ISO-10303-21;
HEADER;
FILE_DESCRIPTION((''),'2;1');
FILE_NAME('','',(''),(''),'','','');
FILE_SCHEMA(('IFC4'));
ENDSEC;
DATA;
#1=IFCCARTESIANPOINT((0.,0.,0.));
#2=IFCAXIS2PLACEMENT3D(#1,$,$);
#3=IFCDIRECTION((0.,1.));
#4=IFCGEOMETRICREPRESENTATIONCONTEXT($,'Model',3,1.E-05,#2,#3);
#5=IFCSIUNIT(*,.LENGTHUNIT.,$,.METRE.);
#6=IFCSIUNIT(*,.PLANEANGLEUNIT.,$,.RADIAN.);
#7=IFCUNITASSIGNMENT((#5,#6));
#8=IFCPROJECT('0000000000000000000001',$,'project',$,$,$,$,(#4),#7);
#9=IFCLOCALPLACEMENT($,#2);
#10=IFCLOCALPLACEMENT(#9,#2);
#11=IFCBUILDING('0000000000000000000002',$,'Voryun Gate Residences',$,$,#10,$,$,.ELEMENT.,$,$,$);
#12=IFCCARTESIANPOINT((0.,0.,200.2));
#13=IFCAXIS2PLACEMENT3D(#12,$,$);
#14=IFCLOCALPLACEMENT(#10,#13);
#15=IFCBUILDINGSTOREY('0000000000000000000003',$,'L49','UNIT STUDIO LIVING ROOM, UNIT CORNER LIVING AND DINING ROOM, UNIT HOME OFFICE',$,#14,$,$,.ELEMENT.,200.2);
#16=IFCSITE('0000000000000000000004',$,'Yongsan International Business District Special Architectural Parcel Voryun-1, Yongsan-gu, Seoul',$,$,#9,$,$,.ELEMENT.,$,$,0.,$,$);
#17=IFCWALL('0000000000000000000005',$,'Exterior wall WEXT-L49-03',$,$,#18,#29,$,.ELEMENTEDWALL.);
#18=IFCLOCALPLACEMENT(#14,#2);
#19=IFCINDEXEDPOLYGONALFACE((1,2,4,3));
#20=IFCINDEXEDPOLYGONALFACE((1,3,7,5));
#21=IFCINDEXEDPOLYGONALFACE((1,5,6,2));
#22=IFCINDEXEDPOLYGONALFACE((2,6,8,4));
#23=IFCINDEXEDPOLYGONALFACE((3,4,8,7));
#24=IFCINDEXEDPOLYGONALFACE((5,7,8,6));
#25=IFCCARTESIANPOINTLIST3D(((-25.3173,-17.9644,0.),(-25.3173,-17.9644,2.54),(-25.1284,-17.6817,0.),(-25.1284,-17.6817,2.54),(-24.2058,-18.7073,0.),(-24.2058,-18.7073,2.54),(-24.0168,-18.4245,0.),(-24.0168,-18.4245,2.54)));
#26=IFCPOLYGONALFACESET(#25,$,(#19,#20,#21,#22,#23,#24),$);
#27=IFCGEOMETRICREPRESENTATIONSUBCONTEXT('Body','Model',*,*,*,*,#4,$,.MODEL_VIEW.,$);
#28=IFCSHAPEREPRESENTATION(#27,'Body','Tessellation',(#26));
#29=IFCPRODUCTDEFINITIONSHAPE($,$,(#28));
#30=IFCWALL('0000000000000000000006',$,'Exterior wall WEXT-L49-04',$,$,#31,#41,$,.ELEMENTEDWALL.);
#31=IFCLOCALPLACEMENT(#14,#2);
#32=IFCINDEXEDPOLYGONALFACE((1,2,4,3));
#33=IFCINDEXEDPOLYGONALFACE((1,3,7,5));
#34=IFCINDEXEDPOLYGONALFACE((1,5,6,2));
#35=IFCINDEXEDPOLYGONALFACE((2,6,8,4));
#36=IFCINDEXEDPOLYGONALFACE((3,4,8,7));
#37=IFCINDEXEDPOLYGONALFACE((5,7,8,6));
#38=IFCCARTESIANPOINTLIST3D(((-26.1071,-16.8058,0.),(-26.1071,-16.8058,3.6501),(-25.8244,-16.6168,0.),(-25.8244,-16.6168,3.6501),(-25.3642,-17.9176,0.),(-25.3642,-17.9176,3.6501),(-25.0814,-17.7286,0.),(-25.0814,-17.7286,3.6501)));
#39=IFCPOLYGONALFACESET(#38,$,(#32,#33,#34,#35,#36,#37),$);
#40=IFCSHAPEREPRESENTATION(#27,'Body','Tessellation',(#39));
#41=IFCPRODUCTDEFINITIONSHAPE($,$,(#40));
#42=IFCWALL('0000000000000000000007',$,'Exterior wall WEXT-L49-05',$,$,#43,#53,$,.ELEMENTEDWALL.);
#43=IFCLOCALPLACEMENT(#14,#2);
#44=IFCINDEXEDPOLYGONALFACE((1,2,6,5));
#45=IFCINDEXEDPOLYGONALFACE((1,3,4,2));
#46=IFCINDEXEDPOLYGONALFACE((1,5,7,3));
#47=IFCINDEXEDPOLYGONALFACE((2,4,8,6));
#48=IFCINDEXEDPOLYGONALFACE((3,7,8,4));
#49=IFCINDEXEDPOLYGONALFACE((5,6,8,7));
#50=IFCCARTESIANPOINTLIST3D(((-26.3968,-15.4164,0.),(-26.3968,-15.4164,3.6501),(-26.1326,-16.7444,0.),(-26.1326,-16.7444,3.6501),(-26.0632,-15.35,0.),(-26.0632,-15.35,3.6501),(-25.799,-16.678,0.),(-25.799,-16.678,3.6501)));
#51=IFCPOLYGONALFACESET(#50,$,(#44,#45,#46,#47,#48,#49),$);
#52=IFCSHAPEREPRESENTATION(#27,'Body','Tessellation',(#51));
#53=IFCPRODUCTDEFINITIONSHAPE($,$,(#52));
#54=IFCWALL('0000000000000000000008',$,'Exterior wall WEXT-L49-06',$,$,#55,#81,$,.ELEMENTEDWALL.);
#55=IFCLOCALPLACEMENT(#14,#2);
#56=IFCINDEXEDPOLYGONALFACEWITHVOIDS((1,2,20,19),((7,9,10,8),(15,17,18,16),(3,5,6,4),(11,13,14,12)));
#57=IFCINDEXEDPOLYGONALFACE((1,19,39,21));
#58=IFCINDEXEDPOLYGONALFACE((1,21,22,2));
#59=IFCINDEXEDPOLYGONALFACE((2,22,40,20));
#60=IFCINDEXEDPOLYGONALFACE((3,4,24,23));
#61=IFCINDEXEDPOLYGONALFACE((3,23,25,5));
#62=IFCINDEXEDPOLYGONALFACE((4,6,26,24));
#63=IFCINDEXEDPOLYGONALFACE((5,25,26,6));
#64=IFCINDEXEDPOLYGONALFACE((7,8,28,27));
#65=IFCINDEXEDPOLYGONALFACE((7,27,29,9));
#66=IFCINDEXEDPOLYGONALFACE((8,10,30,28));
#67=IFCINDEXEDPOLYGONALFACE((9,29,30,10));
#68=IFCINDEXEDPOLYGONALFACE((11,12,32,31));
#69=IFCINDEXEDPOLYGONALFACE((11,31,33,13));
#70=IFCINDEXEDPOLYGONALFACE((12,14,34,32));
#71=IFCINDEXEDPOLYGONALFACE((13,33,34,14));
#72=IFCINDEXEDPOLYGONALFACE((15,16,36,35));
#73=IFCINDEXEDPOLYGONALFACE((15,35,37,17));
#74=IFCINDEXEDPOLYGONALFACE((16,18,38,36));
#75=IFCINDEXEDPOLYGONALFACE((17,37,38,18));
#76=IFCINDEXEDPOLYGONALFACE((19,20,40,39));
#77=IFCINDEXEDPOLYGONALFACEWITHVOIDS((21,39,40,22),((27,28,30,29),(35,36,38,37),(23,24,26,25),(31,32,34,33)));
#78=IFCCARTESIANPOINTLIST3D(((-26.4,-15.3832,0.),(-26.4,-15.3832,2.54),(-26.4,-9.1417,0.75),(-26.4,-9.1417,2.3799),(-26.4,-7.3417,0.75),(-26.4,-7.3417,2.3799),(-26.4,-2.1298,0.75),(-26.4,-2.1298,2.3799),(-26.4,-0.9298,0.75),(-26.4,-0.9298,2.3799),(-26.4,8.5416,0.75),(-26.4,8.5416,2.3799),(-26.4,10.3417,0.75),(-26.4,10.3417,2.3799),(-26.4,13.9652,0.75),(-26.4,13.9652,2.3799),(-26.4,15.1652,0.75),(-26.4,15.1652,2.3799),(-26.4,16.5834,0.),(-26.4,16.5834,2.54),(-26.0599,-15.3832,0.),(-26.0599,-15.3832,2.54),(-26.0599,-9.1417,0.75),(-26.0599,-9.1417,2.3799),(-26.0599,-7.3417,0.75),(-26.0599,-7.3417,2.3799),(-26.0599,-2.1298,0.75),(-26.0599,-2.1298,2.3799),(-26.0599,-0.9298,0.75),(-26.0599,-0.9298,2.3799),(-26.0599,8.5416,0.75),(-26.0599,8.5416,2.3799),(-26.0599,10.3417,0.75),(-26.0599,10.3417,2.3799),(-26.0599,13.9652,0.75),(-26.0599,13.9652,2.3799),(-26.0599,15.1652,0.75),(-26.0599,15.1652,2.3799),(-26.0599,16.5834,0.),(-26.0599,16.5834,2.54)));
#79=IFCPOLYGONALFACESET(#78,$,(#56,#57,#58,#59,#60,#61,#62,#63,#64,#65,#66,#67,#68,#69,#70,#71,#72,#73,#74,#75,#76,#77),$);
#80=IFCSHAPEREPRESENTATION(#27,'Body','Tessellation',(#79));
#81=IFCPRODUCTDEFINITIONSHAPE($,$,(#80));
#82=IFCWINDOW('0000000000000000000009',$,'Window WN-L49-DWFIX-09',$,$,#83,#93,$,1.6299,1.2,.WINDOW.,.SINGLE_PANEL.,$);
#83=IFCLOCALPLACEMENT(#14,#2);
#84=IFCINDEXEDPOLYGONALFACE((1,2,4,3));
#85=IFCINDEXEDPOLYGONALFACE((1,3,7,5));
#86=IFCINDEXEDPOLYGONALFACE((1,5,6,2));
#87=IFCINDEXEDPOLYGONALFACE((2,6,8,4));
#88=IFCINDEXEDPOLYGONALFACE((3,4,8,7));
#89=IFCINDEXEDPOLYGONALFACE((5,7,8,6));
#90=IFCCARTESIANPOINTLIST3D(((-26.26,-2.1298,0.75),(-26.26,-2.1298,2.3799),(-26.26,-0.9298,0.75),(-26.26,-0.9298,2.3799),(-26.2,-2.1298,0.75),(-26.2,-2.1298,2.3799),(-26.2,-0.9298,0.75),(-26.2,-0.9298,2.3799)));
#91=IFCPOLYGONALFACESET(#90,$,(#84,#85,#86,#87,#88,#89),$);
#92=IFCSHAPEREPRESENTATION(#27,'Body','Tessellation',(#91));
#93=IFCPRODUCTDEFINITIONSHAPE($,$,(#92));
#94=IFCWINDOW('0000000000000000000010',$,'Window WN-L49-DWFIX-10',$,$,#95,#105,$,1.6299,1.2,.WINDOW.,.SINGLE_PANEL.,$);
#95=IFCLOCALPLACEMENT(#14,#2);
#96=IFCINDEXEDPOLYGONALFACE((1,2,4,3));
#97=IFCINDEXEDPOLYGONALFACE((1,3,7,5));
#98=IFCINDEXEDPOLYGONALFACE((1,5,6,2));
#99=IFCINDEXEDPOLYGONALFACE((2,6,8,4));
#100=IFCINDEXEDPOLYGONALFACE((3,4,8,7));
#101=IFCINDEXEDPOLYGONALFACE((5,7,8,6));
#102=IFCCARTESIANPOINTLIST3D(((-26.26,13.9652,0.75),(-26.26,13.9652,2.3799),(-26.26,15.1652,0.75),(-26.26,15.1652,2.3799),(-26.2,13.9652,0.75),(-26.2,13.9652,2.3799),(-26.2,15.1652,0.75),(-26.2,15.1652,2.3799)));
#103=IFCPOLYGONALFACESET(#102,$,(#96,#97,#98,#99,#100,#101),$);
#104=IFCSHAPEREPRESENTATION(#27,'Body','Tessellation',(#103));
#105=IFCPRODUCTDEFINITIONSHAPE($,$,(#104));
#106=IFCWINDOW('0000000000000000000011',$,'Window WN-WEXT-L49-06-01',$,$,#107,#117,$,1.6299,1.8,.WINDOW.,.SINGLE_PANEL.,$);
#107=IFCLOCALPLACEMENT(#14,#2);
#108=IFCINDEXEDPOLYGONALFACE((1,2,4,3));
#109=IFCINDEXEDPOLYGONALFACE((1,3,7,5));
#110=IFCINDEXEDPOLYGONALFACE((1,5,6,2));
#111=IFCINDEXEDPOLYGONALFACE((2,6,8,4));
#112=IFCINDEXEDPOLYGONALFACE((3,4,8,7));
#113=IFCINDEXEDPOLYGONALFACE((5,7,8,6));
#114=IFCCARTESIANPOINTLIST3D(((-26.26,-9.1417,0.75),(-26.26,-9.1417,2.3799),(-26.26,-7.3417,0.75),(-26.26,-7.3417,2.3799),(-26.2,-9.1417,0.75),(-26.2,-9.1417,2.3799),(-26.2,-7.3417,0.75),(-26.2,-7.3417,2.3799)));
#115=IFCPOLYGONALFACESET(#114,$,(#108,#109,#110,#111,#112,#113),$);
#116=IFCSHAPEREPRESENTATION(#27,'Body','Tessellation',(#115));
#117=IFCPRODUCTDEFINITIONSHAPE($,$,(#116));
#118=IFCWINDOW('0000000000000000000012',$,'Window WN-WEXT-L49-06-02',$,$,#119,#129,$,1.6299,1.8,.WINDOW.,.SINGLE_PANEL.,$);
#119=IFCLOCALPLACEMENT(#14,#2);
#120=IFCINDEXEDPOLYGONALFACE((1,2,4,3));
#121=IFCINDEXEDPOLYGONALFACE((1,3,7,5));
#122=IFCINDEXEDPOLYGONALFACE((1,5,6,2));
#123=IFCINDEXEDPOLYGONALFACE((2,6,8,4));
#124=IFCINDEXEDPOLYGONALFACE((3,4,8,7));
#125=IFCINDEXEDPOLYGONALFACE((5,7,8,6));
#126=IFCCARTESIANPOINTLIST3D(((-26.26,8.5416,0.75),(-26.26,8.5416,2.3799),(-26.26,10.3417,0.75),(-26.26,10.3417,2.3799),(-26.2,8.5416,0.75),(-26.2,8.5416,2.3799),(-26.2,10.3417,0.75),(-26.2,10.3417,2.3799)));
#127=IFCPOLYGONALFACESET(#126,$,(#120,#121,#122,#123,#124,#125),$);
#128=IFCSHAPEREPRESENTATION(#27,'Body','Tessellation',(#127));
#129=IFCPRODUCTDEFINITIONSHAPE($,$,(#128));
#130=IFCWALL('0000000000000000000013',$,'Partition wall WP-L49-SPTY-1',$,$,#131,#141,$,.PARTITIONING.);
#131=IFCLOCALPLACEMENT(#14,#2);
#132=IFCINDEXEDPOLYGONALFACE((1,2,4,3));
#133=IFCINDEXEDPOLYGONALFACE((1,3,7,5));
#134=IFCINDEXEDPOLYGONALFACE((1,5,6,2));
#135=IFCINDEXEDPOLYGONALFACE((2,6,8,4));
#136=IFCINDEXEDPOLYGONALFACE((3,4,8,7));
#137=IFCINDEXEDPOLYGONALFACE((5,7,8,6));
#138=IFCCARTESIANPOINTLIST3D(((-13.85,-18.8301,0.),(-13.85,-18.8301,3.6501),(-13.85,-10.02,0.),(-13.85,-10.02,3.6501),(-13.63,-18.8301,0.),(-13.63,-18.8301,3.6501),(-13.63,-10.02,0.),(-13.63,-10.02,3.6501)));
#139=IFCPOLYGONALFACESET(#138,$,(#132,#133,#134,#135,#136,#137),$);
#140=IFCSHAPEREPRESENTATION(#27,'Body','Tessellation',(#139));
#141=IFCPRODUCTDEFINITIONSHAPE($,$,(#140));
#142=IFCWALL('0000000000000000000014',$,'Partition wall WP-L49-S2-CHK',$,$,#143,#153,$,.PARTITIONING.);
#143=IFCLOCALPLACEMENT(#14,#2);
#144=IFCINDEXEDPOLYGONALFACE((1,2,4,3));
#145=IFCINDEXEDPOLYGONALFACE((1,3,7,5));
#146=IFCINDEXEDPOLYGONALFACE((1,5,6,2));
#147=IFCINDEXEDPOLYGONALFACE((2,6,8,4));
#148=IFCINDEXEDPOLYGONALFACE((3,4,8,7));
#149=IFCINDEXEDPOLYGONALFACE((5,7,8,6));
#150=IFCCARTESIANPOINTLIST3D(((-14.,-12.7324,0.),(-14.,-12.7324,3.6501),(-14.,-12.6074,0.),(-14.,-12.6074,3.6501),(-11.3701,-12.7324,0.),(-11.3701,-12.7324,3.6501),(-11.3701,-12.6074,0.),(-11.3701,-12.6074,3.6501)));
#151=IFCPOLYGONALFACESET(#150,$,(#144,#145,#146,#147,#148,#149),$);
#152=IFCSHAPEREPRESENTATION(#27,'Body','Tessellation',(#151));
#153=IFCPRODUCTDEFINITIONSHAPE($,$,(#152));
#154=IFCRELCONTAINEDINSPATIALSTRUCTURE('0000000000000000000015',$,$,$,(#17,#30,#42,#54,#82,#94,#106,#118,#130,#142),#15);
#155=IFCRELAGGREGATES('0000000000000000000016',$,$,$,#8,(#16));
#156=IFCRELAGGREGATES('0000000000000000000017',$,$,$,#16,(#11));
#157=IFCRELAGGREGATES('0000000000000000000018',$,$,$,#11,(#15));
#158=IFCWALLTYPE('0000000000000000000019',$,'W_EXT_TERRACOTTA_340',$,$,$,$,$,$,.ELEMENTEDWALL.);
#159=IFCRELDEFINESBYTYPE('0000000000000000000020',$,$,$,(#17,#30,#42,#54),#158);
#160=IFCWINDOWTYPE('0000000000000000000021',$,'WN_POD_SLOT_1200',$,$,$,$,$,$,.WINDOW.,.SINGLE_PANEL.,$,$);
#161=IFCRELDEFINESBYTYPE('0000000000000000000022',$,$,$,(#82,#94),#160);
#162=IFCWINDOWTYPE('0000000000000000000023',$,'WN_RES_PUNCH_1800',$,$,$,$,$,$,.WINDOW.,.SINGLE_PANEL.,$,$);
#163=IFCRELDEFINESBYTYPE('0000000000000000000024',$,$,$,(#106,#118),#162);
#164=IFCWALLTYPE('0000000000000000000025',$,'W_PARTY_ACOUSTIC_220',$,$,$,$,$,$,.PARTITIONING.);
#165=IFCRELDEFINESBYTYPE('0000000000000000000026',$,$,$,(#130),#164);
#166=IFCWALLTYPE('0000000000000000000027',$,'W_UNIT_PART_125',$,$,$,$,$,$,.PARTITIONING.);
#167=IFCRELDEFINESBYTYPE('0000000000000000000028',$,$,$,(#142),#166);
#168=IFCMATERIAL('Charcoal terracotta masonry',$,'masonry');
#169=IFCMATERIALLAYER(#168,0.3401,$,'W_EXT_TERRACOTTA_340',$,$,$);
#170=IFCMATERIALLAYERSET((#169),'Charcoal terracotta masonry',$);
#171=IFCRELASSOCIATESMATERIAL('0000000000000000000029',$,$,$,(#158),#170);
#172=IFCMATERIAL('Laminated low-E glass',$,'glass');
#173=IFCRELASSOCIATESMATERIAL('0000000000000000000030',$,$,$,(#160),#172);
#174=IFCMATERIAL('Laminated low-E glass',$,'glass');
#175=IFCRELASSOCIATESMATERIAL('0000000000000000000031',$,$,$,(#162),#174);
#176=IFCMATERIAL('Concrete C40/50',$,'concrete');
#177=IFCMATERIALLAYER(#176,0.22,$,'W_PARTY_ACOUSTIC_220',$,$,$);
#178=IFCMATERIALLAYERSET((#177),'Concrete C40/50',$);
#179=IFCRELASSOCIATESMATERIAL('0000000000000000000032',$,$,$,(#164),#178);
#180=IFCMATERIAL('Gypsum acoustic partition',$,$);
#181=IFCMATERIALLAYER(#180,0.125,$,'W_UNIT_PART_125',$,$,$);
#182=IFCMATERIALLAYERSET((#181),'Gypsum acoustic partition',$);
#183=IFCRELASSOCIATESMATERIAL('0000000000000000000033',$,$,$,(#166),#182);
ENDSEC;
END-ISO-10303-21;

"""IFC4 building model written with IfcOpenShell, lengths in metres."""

from ifc_helpers import new_model, si_unit, direction, frame, frame_2d, origin, place, context, subcontext, project, spatial, rectangle, extrude, material, layer, layer_set, type_object, element, fill, save


model = new_model("IFC4")

# Units and contexts
model_context = context("Model", 3, precision=1e-05, world=origin(), true_north=direction((0.0, 1.0)))
body_context = subcontext(model_context, "Body", "Model", "MODEL_VIEW")
ifc_project = project(units=[si_unit("LENGTHUNIT", "METRE"), si_unit("PLANEANGLEUNIT", "RADIAN")], contexts=[model_context])

# Site, building, storey
site_placement = place(None, origin())
site = spatial("IfcSite", under=ifc_project, at=site_placement, Name="Yongsan International Business District Special Architectural Parcel Voryun-1, Yongsan-gu, Seoul", CompositionType="ELEMENT", RefElevation=0.0)
building_placement = place(site_placement, origin())
building = spatial("IfcBuilding", under=site, at=building_placement, Name="Voryun Gate Residences", CompositionType="ELEMENT")
storey_placement = place(building_placement, frame((0.0, 0.0, 200.2)))
storey = spatial("IfcBuildingStorey", under=building, at=storey_placement, Name="L49", Description="UNIT STUDIO LIVING ROOM, UNIT CORNER LIVING AND DINING ROOM, UNIT HOME OFFICE", CompositionType="ELEMENT", Elevation=200.2)

# Walls
ifc_material_1 = material(Name="Charcoal terracotta masonry", Category="masonry")
ifc_layer_1 = layer(ifc_material_1, 0.3401, Name="W_EXT_TERRACOTTA_340")
ifc_layer_set_1 = layer_set([ifc_layer_1], Name="Charcoal terracotta masonry")
wall_type_1 = type_object("IfcWallType", Name="W_EXT_TERRACOTTA_340", PredefinedType="ELEMENTEDWALL", material=ifc_layer_set_1)
wall_1_placement = place(storey_placement, frame((-24.1113, -18.5659, 0.0), z_axis=(0.0, 0.0, 1.0), x_axis=(-0.831404, 0.555669, 0.0)))
element("IfcWall", 1, at=wall_1_placement, inside=storey, type_object=wall_type_1, Name="Exterior wall WEXT-L49-03", PredefinedType="ELEMENTEDWALL", context=body_context, shape_type="SweptSolid", body=[
    extrude(rectangle(XDim=1.3369, YDim=0.3401, at=frame_2d((0.6685, 0.0))), origin(), (0.0, 0.0, 1.0), 2.54),
])
wall_2_placement = place(storey_placement, frame((-25.2229, -17.823, 0.0), z_axis=(0.0, 0.0, 1.0), x_axis=(-0.555585, 0.83146, 0.0)))
element("IfcWall", 2, at=wall_2_placement, inside=storey, type_object=wall_type_1, Name="Exterior wall WEXT-L49-04", PredefinedType="ELEMENTEDWALL", context=body_context, shape_type="SweptSolid", body=[
    extrude(rectangle(XDim=1.3372, YDim=0.3401, at=frame_2d((0.6685, 0.0))), origin(), (0.0, 0.0, 1.0), 3.6501),
])
wall_3_placement = place(storey_placement, frame((-25.9658, -16.7112, 0.0), z_axis=(0.0, 0.0, 1.0), x_axis=(-0.19511, 0.980781, 0.0)))
element("IfcWall", 3, at=wall_3_placement, inside=storey, type_object=wall_type_1, Name="Exterior wall WEXT-L49-05", PredefinedType="ELEMENTEDWALL", context=body_context, shape_type="SweptSolid", body=[
    extrude(rectangle(XDim=1.354, YDim=0.3401, at=frame_2d((0.677, 0.0))), origin(), (0.0, 0.0, 1.0), 3.6501),
])

# Wall, openings, windows
wall_4_placement = place(storey_placement, frame((-26.23, -15.3833, 0.0), z_axis=(0.0, 0.0, 1.0), x_axis=(0.0, 1.0, 0.0)))
wall_4 = element("IfcWall", 4, at=wall_4_placement, inside=storey, type_object=wall_type_1, Name="Exterior wall WEXT-L49-06", PredefinedType="ELEMENTEDWALL", context=body_context, shape_type="SweptSolid", body=[
    extrude(rectangle(XDim=31.9666, YDim=0.3401, at=frame_2d((15.9834, 0.0))), origin(), (0.0, 0.0, 1.0), 2.54),
])
opening_1_placement = place(wall_4_placement, frame((6.2417, 0.0, 0.75)))
opening_1 = element("IfcOpeningElement", 5, at=opening_1_placement, cuts=wall_4, PredefinedType="OPENING", context=body_context, shape_type="SweptSolid", body=[
    extrude(rectangle(XDim=1.8, YDim=1.6299, at=frame_2d((0.8999, 0.8149))), frame((0.0, 0.1799, 0.0), z_axis=(0.0, -1.0, 0.0), x_axis=(1.0, 0.0, 0.0)), (0.0, 0.0, 1.0), 0.3601),
])
opening_2_placement = place(wall_4_placement, frame((23.925, 0.0, 0.75)))
opening_2 = element("IfcOpeningElement", 6, at=opening_2_placement, cuts=wall_4, PredefinedType="OPENING", context=body_context, shape_type="SweptSolid", body=[
    extrude(rectangle(XDim=1.8, YDim=1.6299, at=frame_2d((0.8999, 0.8149))), frame((0.0, 0.1799, 0.0), z_axis=(0.0, -1.0, 0.0), x_axis=(1.0, 0.0, 0.0)), (0.0, 0.0, 1.0), 0.3601),
])
opening_3_placement = place(wall_4_placement, frame((13.2534, 0.0, 0.75)))
opening_3 = element("IfcOpeningElement", 7, at=opening_3_placement, cuts=wall_4, PredefinedType="OPENING", context=body_context, shape_type="SweptSolid", body=[
    extrude(rectangle(XDim=1.2, YDim=1.6299, at=frame_2d((0.6001, 0.8149))), frame((0.0, 0.1799, 0.0), z_axis=(0.0, -1.0, 0.0), x_axis=(1.0, 0.0, 0.0)), (0.0, 0.0, 1.0), 0.3601),
])
opening_4_placement = place(wall_4_placement, frame((29.3484, 0.0, 0.75)))
opening_4 = element("IfcOpeningElement", 8, at=opening_4_placement, cuts=wall_4, PredefinedType="OPENING", context=body_context, shape_type="SweptSolid", body=[
    extrude(rectangle(XDim=1.2, YDim=1.6299, at=frame_2d((0.6001, 0.8149))), frame((0.0, 0.1799, 0.0), z_axis=(0.0, -1.0, 0.0), x_axis=(1.0, 0.0, 0.0)), (0.0, 0.0, 1.0), 0.3601),
])
ifc_material_2 = material(Name="Laminated low-E glass", Category="glass")
window_type_1 = type_object("IfcWindowType", Name="WN_POD_SLOT_1200", PartitioningType="SINGLE_PANEL", PredefinedType="WINDOW", material=ifc_material_2)
window_1_placement = place(opening_3_placement, origin())
window_1 = element("IfcWindow", 9, at=window_1_placement, inside=storey, type_object=window_type_1, Name="Window WN-L49-DWFIX-09", OverallHeight=1.6299, OverallWidth=1.2, PartitioningType="SINGLE_PANEL", PredefinedType="WINDOW", context=body_context, shape_type="SweptSolid", body=[
    extrude(rectangle(XDim=1.2, YDim=1.6299, at=frame_2d((0.6001, 0.8149))), frame((0.0, 0.03, 0.0), z_axis=(0.0, -1.0, 0.0), x_axis=(1.0, 0.0, 0.0)), (0.0, 0.0, 1.0), 0.0601),
])
fill(opening_3, window_1)
window_2_placement = place(opening_4_placement, origin())
window_2 = element("IfcWindow", 10, at=window_2_placement, inside=storey, type_object=window_type_1, Name="Window WN-L49-DWFIX-10", OverallHeight=1.6299, OverallWidth=1.2, PartitioningType="SINGLE_PANEL", PredefinedType="WINDOW", context=body_context, shape_type="SweptSolid", body=[
    extrude(rectangle(XDim=1.2, YDim=1.6299, at=frame_2d((0.6001, 0.8149))), frame((0.0, 0.03, 0.0), z_axis=(0.0, -1.0, 0.0), x_axis=(1.0, 0.0, 0.0)), (0.0, 0.0, 1.0), 0.0601),
])
fill(opening_4, window_2)
ifc_material_3 = material(Name="Laminated low-E glass", Category="glass")
window_type_2 = type_object("IfcWindowType", Name="WN_RES_PUNCH_1800", PartitioningType="SINGLE_PANEL", PredefinedType="WINDOW", material=ifc_material_3)
window_3_placement = place(opening_1_placement, origin())
window_3 = element("IfcWindow", 11, at=window_3_placement, inside=storey, type_object=window_type_2, Name="Window WN-WEXT-L49-06-01", OverallHeight=1.6299, OverallWidth=1.8, PartitioningType="SINGLE_PANEL", PredefinedType="WINDOW", context=body_context, shape_type="SweptSolid", body=[
    extrude(rectangle(XDim=1.8, YDim=1.6299, at=frame_2d((0.8999, 0.8149))), frame((0.0, 0.03, 0.0), z_axis=(0.0, -1.0, 0.0), x_axis=(1.0, 0.0, 0.0)), (0.0, 0.0, 1.0), 0.0601),
])
fill(opening_1, window_3)
window_4_placement = place(opening_2_placement, origin())
window_4 = element("IfcWindow", 12, at=window_4_placement, inside=storey, type_object=window_type_2, Name="Window WN-WEXT-L49-06-02", OverallHeight=1.6299, OverallWidth=1.8, PartitioningType="SINGLE_PANEL", PredefinedType="WINDOW", context=body_context, shape_type="SweptSolid", body=[
    extrude(rectangle(XDim=1.8, YDim=1.6299, at=frame_2d((0.8999, 0.8149))), frame((0.0, 0.03, 0.0), z_axis=(0.0, -1.0, 0.0), x_axis=(1.0, 0.0, 0.0)), (0.0, 0.0, 1.0), 0.0601),
])
fill(opening_2, window_4)

# Walls
ifc_material_4 = material(Name="Concrete C40/50", Category="concrete")
ifc_layer_2 = layer(ifc_material_4, 0.22, Name="W_PARTY_ACOUSTIC_220")
ifc_layer_set_2 = layer_set([ifc_layer_2], Name="Concrete C40/50")
wall_type_2 = type_object("IfcWallType", Name="W_PARTY_ACOUSTIC_220", PredefinedType="PARTITIONING", material=ifc_layer_set_2)
wall_5_placement = place(storey_placement, frame((-13.74, -18.8301, 0.0), z_axis=(0.0, 0.0, 1.0), x_axis=(0.0, 1.0, 0.0)))
element("IfcWall", 13, at=wall_5_placement, inside=storey, type_object=wall_type_2, Name="Partition wall WP-L49-SPTY-1", PredefinedType="PARTITIONING", context=body_context, shape_type="SweptSolid", body=[
    extrude(rectangle(XDim=8.8101, YDim=0.22, at=frame_2d((4.405, 0.0))), origin(), (0.0, 0.0, 1.0), 3.6501),
])
ifc_material_5 = material(Name="Gypsum acoustic partition")
ifc_layer_3 = layer(ifc_material_5, 0.125, Name="W_UNIT_PART_125")
ifc_layer_set_3 = layer_set([ifc_layer_3], Name="Gypsum acoustic partition")
wall_type_3 = type_object("IfcWallType", Name="W_UNIT_PART_125", PredefinedType="PARTITIONING", material=ifc_layer_set_3)
wall_6_placement = place(storey_placement, frame((-14.0, -12.6699, 0.0), z_axis=(0.0, 0.0, 1.0), x_axis=(1.0, 0.0, 0.0)))
element("IfcWall", 14, at=wall_6_placement, inside=storey, type_object=wall_type_3, Name="Partition wall WP-L49-S2-CHK", PredefinedType="PARTITIONING", context=body_context, shape_type="SweptSolid", body=[
    extrude(rectangle(XDim=2.6299, YDim=0.125, at=frame_2d((1.3149, 0.0))), origin(), (0.0, 0.0, 1.0), 3.6501),
])

save(model, "model.ifc")
